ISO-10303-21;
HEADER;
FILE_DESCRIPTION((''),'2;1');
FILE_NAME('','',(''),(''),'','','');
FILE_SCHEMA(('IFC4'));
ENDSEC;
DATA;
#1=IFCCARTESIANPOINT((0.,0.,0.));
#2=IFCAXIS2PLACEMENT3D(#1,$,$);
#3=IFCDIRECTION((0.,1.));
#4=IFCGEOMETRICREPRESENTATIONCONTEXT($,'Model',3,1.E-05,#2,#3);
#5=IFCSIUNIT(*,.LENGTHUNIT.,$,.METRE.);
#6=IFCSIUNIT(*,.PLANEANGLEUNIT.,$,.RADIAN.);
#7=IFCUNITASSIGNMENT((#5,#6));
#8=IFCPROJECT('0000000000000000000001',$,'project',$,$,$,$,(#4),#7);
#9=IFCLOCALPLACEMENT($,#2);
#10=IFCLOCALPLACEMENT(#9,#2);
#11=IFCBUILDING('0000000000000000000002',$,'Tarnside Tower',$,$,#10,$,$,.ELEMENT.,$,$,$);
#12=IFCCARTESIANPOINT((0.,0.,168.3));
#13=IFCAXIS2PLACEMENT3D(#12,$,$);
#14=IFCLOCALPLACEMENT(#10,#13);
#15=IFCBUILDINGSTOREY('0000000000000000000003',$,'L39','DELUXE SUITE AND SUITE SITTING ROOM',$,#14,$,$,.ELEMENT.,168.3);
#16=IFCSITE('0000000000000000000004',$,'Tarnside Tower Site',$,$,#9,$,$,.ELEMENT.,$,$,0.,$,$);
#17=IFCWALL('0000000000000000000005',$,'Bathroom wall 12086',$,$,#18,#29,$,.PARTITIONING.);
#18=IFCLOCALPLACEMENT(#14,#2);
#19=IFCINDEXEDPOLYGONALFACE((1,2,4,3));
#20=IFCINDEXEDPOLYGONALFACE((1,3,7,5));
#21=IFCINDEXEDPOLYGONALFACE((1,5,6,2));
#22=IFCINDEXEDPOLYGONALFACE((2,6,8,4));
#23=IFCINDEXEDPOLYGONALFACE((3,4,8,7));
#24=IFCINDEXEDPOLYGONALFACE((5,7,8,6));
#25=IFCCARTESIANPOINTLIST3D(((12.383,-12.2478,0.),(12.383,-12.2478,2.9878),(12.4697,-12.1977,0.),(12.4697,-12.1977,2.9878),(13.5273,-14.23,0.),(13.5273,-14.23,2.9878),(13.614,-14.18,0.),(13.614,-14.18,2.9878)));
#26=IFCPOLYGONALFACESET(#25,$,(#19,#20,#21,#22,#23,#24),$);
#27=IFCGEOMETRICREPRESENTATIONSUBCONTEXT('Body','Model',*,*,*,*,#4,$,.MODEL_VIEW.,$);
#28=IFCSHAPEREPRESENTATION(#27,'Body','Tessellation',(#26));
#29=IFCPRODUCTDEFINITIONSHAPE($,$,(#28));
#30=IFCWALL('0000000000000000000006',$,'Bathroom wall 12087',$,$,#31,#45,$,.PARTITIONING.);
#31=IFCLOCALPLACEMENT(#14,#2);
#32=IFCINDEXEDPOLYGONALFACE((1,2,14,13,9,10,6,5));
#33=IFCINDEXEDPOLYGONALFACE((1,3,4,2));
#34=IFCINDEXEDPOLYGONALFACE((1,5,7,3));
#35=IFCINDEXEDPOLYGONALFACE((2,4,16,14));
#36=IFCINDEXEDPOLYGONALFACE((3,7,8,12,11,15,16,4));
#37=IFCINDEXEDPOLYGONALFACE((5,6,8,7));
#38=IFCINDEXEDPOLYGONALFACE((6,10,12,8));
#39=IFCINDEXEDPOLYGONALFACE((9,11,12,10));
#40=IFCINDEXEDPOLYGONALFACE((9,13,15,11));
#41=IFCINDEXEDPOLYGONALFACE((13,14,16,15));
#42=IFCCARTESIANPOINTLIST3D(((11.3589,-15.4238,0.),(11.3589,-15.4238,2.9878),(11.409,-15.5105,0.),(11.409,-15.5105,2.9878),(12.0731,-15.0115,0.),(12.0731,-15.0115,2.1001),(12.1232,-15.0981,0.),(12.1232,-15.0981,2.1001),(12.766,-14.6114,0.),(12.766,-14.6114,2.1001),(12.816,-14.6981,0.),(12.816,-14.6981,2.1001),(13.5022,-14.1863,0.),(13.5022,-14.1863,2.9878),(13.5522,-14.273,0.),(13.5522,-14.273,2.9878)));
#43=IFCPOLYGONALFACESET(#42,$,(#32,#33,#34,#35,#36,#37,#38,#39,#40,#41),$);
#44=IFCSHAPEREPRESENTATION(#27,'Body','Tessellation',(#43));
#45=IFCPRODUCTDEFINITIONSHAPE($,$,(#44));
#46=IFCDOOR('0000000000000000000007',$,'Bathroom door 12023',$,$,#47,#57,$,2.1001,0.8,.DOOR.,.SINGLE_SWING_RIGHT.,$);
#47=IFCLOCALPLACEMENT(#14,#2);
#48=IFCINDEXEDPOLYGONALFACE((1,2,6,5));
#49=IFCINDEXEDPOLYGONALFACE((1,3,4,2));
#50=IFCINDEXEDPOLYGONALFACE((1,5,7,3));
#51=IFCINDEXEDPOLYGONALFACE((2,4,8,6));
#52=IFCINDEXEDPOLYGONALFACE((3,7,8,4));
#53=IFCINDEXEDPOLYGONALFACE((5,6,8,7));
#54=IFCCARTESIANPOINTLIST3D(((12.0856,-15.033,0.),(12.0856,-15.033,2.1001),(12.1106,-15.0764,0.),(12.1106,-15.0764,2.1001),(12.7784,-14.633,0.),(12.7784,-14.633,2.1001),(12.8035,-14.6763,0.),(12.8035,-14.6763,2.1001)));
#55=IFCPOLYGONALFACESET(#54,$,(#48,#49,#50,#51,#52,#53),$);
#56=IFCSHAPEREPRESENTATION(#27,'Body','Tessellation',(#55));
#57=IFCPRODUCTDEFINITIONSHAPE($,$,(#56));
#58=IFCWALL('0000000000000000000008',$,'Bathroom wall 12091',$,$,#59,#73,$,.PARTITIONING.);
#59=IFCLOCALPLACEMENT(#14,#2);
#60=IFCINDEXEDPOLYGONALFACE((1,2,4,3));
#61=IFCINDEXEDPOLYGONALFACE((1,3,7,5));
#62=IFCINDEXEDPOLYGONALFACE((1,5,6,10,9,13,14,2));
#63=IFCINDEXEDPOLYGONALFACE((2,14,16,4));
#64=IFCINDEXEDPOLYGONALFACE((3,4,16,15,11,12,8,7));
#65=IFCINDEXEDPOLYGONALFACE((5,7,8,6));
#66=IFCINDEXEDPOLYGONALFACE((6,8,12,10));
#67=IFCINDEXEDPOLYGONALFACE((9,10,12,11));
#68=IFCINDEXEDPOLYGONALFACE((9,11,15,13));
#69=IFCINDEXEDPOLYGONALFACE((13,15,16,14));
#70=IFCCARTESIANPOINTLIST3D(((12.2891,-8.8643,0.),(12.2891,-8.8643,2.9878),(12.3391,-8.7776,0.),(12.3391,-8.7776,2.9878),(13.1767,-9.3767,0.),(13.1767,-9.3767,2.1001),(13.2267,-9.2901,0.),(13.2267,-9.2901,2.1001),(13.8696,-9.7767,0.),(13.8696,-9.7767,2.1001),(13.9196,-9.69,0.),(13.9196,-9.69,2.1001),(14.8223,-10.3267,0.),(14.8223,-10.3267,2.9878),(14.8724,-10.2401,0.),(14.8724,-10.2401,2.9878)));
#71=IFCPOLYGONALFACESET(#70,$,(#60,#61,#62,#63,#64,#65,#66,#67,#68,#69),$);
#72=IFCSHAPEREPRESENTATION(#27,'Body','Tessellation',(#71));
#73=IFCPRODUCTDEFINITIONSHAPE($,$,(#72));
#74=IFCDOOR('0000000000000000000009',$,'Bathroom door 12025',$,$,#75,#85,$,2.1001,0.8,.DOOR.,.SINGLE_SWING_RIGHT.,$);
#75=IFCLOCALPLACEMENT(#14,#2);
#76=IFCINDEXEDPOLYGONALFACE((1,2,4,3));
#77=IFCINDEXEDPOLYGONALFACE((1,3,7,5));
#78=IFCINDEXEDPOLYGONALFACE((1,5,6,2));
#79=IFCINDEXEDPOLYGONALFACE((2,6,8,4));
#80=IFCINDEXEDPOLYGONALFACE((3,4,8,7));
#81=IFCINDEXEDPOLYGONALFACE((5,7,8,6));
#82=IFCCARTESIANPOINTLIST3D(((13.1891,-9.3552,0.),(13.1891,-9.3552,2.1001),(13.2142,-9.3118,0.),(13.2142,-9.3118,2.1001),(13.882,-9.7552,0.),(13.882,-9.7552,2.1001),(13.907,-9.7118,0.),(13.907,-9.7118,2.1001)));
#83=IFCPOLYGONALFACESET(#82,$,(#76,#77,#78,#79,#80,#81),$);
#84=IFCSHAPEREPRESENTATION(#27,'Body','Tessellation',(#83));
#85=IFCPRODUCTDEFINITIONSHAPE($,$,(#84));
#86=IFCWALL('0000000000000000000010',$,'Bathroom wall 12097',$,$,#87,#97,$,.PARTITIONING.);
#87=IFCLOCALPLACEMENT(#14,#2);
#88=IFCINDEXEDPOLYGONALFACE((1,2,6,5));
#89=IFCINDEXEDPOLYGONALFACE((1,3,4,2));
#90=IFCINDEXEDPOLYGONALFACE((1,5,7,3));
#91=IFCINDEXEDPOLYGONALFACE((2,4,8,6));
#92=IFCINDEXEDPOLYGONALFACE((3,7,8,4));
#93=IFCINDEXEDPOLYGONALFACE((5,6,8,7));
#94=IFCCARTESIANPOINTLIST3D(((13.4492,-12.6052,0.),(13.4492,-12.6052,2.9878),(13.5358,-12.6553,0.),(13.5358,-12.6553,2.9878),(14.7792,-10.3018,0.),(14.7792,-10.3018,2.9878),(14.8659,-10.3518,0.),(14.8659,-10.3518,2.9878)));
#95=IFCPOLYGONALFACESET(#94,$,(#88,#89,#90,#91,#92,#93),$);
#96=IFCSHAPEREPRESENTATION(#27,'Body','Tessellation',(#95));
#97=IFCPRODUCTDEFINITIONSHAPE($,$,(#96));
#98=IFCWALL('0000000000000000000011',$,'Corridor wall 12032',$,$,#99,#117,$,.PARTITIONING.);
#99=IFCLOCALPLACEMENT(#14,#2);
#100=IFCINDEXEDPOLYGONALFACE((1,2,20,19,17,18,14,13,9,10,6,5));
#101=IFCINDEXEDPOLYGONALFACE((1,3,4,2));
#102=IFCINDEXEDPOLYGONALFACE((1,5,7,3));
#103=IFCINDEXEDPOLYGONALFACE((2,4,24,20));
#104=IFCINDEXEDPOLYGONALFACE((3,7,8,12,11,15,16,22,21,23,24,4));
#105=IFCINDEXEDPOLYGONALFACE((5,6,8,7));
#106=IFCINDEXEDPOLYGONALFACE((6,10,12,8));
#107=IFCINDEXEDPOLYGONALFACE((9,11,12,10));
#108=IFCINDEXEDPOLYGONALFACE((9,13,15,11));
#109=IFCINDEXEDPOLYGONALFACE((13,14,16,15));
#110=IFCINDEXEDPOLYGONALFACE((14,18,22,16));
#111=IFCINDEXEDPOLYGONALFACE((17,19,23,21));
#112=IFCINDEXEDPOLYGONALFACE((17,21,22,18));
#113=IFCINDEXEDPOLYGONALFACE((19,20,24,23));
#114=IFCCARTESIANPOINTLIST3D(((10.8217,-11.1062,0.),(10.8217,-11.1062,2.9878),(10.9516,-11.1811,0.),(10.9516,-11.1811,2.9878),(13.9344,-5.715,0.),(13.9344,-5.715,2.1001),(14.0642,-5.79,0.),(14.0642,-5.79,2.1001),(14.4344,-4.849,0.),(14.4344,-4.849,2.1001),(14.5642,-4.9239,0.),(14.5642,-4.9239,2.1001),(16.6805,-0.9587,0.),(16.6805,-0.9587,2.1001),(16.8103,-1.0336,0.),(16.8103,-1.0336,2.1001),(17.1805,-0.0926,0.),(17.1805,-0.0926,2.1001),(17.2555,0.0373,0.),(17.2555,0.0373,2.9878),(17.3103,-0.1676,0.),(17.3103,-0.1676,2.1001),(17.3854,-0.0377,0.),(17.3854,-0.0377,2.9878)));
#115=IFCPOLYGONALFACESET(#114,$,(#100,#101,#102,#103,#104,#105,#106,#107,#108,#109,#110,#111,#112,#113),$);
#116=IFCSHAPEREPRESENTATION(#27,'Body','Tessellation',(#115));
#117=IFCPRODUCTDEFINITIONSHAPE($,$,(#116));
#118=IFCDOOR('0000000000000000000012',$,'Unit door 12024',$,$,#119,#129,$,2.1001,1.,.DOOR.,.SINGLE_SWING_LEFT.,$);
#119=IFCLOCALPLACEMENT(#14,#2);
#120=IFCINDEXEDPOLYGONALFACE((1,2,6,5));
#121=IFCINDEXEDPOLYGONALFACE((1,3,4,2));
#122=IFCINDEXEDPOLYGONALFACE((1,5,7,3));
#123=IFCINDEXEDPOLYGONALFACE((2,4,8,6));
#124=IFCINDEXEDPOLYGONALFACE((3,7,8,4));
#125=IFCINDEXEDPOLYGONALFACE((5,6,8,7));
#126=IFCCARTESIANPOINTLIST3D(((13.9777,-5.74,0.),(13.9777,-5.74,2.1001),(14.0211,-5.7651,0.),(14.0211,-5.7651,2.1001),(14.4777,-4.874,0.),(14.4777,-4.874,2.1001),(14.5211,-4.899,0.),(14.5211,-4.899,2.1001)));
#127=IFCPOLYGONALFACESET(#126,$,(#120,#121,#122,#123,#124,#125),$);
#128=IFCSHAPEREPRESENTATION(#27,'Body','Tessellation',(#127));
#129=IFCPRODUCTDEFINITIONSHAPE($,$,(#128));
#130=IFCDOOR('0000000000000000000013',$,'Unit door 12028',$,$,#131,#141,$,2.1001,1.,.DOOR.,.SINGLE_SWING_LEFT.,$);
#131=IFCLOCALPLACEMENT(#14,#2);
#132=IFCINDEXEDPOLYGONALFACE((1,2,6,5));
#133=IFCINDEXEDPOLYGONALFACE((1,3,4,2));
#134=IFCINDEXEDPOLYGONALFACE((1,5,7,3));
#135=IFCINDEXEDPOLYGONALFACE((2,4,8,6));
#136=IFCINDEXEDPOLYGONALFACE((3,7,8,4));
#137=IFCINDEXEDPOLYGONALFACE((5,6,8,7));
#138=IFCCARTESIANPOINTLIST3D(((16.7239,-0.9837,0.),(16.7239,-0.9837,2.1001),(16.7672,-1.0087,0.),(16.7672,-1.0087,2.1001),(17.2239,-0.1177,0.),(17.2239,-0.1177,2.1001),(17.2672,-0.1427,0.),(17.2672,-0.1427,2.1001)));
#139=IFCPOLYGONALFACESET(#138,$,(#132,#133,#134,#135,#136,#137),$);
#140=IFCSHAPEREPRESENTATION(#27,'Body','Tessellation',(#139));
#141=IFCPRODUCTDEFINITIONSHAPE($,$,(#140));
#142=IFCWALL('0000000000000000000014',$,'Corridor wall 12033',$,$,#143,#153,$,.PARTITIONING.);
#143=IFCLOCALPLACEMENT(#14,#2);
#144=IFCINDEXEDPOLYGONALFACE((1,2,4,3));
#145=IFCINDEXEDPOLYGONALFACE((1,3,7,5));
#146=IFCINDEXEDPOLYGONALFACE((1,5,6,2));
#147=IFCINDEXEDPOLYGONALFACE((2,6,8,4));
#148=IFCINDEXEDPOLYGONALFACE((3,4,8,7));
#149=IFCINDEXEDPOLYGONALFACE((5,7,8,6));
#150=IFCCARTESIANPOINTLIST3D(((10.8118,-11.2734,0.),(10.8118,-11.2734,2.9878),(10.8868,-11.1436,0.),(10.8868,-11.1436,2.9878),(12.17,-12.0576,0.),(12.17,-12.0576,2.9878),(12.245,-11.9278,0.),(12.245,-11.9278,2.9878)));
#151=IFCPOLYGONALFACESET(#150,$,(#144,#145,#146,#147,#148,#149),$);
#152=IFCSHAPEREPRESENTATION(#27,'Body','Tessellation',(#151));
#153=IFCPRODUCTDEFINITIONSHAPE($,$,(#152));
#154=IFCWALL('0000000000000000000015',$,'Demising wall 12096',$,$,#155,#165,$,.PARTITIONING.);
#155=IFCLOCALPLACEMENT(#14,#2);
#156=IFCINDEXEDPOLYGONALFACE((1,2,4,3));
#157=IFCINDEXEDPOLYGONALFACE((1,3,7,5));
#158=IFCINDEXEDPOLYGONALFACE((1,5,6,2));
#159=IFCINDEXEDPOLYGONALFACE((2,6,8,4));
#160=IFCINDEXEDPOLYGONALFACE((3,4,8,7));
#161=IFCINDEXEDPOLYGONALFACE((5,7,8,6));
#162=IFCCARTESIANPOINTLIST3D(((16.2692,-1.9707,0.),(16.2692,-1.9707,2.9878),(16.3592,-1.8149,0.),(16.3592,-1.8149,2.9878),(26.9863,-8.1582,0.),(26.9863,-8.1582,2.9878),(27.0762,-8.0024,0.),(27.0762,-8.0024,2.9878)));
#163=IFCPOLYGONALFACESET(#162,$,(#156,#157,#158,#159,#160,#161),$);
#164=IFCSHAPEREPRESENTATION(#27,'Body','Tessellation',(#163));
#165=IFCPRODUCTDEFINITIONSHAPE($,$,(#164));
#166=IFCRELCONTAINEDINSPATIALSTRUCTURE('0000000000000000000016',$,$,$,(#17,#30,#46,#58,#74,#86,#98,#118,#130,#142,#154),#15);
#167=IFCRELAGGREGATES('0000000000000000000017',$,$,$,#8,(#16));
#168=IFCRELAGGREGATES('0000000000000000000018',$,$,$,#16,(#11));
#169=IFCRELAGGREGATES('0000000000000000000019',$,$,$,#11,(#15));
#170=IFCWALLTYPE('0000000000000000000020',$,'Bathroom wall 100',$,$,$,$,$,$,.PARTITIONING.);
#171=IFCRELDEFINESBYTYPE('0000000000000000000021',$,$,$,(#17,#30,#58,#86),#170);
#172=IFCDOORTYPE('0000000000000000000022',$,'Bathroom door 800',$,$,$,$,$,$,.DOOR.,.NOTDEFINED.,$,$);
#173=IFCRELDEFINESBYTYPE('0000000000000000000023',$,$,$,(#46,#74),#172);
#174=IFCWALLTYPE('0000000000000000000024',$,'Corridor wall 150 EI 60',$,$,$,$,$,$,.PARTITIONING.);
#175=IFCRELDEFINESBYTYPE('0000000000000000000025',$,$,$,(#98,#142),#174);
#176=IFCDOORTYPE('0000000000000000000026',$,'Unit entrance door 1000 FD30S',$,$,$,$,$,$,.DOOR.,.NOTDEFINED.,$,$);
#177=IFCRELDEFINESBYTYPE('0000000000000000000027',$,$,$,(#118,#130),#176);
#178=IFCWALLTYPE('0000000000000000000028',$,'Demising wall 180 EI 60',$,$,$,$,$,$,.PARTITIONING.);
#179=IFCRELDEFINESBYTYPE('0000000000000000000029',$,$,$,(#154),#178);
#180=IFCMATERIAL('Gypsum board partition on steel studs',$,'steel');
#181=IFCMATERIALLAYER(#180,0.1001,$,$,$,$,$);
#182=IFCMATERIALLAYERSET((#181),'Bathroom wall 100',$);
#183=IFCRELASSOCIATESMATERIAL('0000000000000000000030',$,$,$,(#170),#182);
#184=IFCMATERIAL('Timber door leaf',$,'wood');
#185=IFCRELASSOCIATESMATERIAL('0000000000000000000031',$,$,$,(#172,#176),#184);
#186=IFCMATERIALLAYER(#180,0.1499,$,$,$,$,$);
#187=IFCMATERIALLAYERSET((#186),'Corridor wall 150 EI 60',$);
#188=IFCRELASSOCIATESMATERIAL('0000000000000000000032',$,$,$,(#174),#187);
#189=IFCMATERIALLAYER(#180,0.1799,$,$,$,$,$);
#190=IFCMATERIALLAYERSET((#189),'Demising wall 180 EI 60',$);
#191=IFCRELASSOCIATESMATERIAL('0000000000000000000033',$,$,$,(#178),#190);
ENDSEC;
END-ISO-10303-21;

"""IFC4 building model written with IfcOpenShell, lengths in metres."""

from ifc_helpers import new_model, si_unit, direction, frame, frame_2d, origin, place, context, subcontext, project, spatial, rectangle, extrude, material, layer, layer_set, type_object, element, fill, save


model = new_model("IFC4")

# Units and contexts
model_context = context("Model", 3, precision=1e-05, world=origin(), true_north=direction((0.0, 1.0)))
body_context = subcontext(model_context, "Body", "Model", "MODEL_VIEW")
ifc_project = project(units=[si_unit("LENGTHUNIT", "METRE"), si_unit("PLANEANGLEUNIT", "RADIAN")], contexts=[model_context])

# Site, building, storey
site_placement = place(None, origin())
site = spatial("IfcSite", under=ifc_project, at=site_placement, Name="Tarnside Tower Site", CompositionType="ELEMENT", RefElevation=0.0)
building_placement = place(site_placement, origin())
building = spatial("IfcBuilding", under=site, at=building_placement, Name="Tarnside Tower", CompositionType="ELEMENT")
storey_placement = place(building_placement, frame((0.0, 0.0, 168.3)))
storey = spatial("IfcBuildingStorey", under=building, at=storey_placement, Name="L39", Description="DELUXE SUITE AND SUITE SITTING ROOM", CompositionType="ELEMENT", Elevation=168.3)

# Wall
ifc_material_1 = material(Name="Gypsum board partition on steel studs", Category="steel")
ifc_layer_1 = layer(ifc_material_1, 0.1001)
ifc_layer_set_1 = layer_set([ifc_layer_1], Name="Bathroom wall 100")
wall_type_1 = type_object("IfcWallType", Name="Bathroom wall 100", PredefinedType="PARTITIONING", material=ifc_layer_set_1)
wall_1_placement = place(storey_placement, frame((12.4263, -12.2227, 0.0), z_axis=(0.0, 0.0, 1.0), x_axis=(0.499959, -0.866049, 0.0)))
element("IfcWall", 1, at=wall_1_placement, inside=storey, type_object=wall_type_1, Name="Bathroom wall 12086", PredefinedType="PARTITIONING", context=body_context, shape_type="SweptSolid", body=[
    extrude(rectangle(XDim=2.2888, YDim=0.1001, at=frame_2d((1.1445, 0.0))), origin(), (0.0, 0.0, 1.0), 2.9878),
])

# Walls, openings, doors
wall_2_placement = place(storey_placement, frame((13.5271, -14.2297, 0.0), z_axis=(0.0, 0.0, 1.0), x_axis=(-0.866007, -0.500033, 0.0)))
wall_2 = element("IfcWall", 2, at=wall_2_placement, inside=storey, type_object=wall_type_1, Name="Bathroom wall 12087", PredefinedType="PARTITIONING", context=body_context, shape_type="SweptSolid", body=[
    extrude(rectangle(XDim=2.4749, YDim=0.1001, at=frame_2d((1.2373, 0.0))), origin(), (0.0, 0.0, 1.0), 2.9878),
])
opening_1_placement = place(wall_2_placement, frame((0.8501, 0.0, 0.0)))
opening_1 = element("IfcOpeningElement", 3, at=opening_1_placement, cuts=wall_2, PredefinedType="OPENING", context=body_context, shape_type="SweptSolid", body=[
    extrude(rectangle(XDim=0.8, YDim=2.1001, at=frame_2d((0.3999, 1.05))), frame((0.0, 0.0601, 0.0), z_axis=(0.0, -1.0, 0.0), x_axis=(1.0, 0.0, 0.0)), (0.0, 0.0, 1.0), 0.1201),
])
ifc_material_2 = material(Name="Timber door leaf", Category="wood")
door_type_1 = type_object("IfcDoorType", Name="Bathroom door 800", OperationType="NOTDEFINED", PredefinedType="DOOR", material=ifc_material_2)
door_1_placement = place(opening_1_placement, origin())
door_1 = element("IfcDoor", 4, at=door_1_placement, inside=storey, type_object=door_type_1, Name="Bathroom door 12023", OperationType="SINGLE_SWING_RIGHT", OverallHeight=2.1001, OverallWidth=0.8, PredefinedType="DOOR", context=body_context, shape_type="SweptSolid", body=[
    extrude(rectangle(XDim=0.8, YDim=2.1001, at=frame_2d((0.3999, 1.05))), frame((0.0, 0.0249, 0.0), z_axis=(0.0, -1.0, 0.0), x_axis=(1.0, 0.0, 0.0)), (0.0, 0.0, 1.0), 0.05),
])
fill(opening_1, door_1)
wall_3_placement = place(storey_placement, frame((12.3142, -8.821, 0.0), z_axis=(0.0, 0.0, 1.0), x_axis=(0.866047, -0.499963, 0.0)))
wall_3 = element("IfcWall", 5, at=wall_3_placement, inside=storey, type_object=wall_type_1, Name="Bathroom wall 12091", PredefinedType="PARTITIONING", context=body_context, shape_type="SweptSolid", body=[
    extrude(rectangle(XDim=2.925, YDim=0.1001, at=frame_2d((1.4624, 0.0))), origin(), (0.0, 0.0, 1.0), 2.9878),
])
opening_2_placement = place(wall_3_placement, frame((1.0249, 0.0, 0.0)))
opening_2 = element("IfcOpeningElement", 6, at=opening_2_placement, cuts=wall_3, PredefinedType="OPENING", context=body_context, shape_type="SweptSolid", body=[
    extrude(rectangle(XDim=0.8, YDim=2.1001, at=frame_2d((0.3999, 1.05))), frame((0.0, 0.0601, 0.0), z_axis=(0.0, -1.0, 0.0), x_axis=(1.0, 0.0, 0.0)), (0.0, 0.0, 1.0), 0.1201),
])
door_2_placement = place(opening_2_placement, origin())
door_2 = element("IfcDoor", 7, at=door_2_placement, inside=storey, type_object=door_type_1, Name="Bathroom door 12025", OperationType="SINGLE_SWING_RIGHT", OverallHeight=2.1001, OverallWidth=0.8, PredefinedType="DOOR", context=body_context, shape_type="SweptSolid", body=[
    extrude(rectangle(XDim=0.8, YDim=2.1001, at=frame_2d((0.3999, 1.05))), frame((0.0, 0.0249, 0.0), z_axis=(0.0, -1.0, 0.0), x_axis=(1.0, 0.0, 0.0)), (0.0, 0.0, 1.0), 0.05),
])
fill(opening_2, door_2)

# Wall
wall_4_placement = place(storey_placement, frame((13.4924, -12.6304, 0.0), z_axis=(0.0, 0.0, 1.0), x_axis=(0.500048, 0.865998, 0.0)))
element("IfcWall", 8, at=wall_4_placement, inside=storey, type_object=wall_type_1, Name="Bathroom wall 12097", PredefinedType="PARTITIONING", context=body_context, shape_type="SweptSolid", body=[
    extrude(rectangle(XDim=2.6599, YDim=0.1001, at=frame_2d((1.3301, 0.0))), origin(), (0.0, 0.0, 1.0), 2.9878),
])

# Wall, openings, doors
ifc_layer_2 = layer(ifc_material_1, 0.1499)
ifc_layer_set_2 = layer_set([ifc_layer_2], Name="Corridor wall 150 EI 60")
wall_type_2 = type_object("IfcWallType", Name="Corridor wall 150 EI 60", PredefinedType="PARTITIONING", material=ifc_layer_set_2)
wall_5_placement = place(storey_placement, frame((10.8867, -11.1436, 0.0), z_axis=(0.0, 0.0, 1.0), x_axis=(0.500006, 0.866022, 0.0)))
wall_5 = element("IfcWall", 9, at=wall_5_placement, inside=storey, type_object=wall_type_2, Name="Corridor wall 12032", PredefinedType="PARTITIONING", context=body_context, shape_type="SweptSolid", body=[
    extrude(rectangle(XDim=12.8674, YDim=0.1499, at=frame_2d((6.4336, 0.0))), origin(), (0.0, 0.0, 1.0), 2.9878),
])
opening_3_placement = place(wall_5_placement, frame((6.2251, 0.0, 0.0)))
opening_3 = element("IfcOpeningElement", 10, at=opening_3_placement, cuts=wall_5, PredefinedType="OPENING", context=body_context, shape_type="SweptSolid", body=[
    extrude(rectangle(XDim=1.0, YDim=2.1001, at=frame_2d((0.5, 1.05))), frame((0.0, 0.085, 0.0), z_axis=(0.0, -1.0, 0.0), x_axis=(1.0, 0.0, 0.0)), (0.0, 0.0, 1.0), 0.1699),
])
opening_4_placement = place(wall_5_placement, frame((11.7173, 0.0, 0.0)))
opening_4 = element("IfcOpeningElement", 11, at=opening_4_placement, cuts=wall_5, PredefinedType="OPENING", context=body_context, shape_type="SweptSolid", body=[
    extrude(rectangle(XDim=1.0, YDim=2.1001, at=frame_2d((0.5, 1.05))), frame((0.0, 0.085, 0.0), z_axis=(0.0, -1.0, 0.0), x_axis=(1.0, 0.0, 0.0)), (0.0, 0.0, 1.0), 0.1699),
])
door_type_2 = type_object("IfcDoorType", Name="Unit entrance door 1000 FD30S", OperationType="NOTDEFINED", PredefinedType="DOOR", material=ifc_material_2)
door_3_placement = place(opening_3_placement, origin())
door_3 = element("IfcDoor", 12, at=door_3_placement, inside=storey, type_object=door_type_2, Name="Unit door 12024", OperationType="SINGLE_SWING_LEFT", OverallHeight=2.1001, OverallWidth=1.0, PredefinedType="DOOR", context=body_context, shape_type="SweptSolid", body=[
    extrude(rectangle(XDim=1.0, YDim=2.1001, at=frame_2d((0.5, 1.05))), frame((0.0, 0.0249, 0.0), z_axis=(0.0, -1.0, 0.0), x_axis=(1.0, 0.0, 0.0)), (0.0, 0.0, 1.0), 0.05),
])
fill(opening_3, door_3)
door_4_placement = place(opening_4_placement, origin())
door_4 = element("IfcDoor", 13, at=door_4_placement, inside=storey, type_object=door_type_2, Name="Unit door 12028", OperationType="SINGLE_SWING_LEFT", OverallHeight=2.1001, OverallWidth=1.0, PredefinedType="DOOR", context=body_context, shape_type="SweptSolid", body=[
    extrude(rectangle(XDim=1.0, YDim=2.1001, at=frame_2d((0.5, 1.05))), frame((0.0, 0.0249, 0.0), z_axis=(0.0, -1.0, 0.0), x_axis=(1.0, 0.0, 0.0)), (0.0, 0.0, 1.0), 0.05),
])
fill(opening_4, door_4)

# Walls
wall_6_placement = place(storey_placement, frame((12.2075, -11.9927, 0.0), z_axis=(0.0, 0.0, 1.0), x_axis=(-0.866012, 0.500023, 0.0)))
element("IfcWall", 14, at=wall_6_placement, inside=storey, type_object=wall_type_2, Name="Corridor wall 12033", PredefinedType="PARTITIONING", context=body_context, shape_type="SweptSolid", body=[
    extrude(rectangle(XDim=1.5684, YDim=0.1499, at=frame_2d((0.7842, 0.0))), origin(), (0.0, 0.0, 1.0), 2.9878),
])
ifc_layer_3 = layer(ifc_material_1, 0.1799)
ifc_layer_set_3 = layer_set([ifc_layer_3], Name="Demising wall 180 EI 60")
wall_type_3 = type_object("IfcWallType", Name="Demising wall 180 EI 60", PredefinedType="PARTITIONING", material=ifc_layer_set_3)
wall_7_placement = place(storey_placement, frame((27.0312, -8.0803, 0.0), z_axis=(0.0, 0.0, 1.0), x_axis=(-0.866025, 0.500001, 0.0)))
element("IfcWall", 15, at=wall_7_placement, inside=storey, type_object=wall_type_3, Name="Demising wall 12096", PredefinedType="PARTITIONING", context=body_context, shape_type="SweptSolid", body=[
    extrude(rectangle(XDim=12.375, YDim=0.1799, at=frame_2d((6.1875, 0.0))), origin(), (0.0, 0.0, 1.0), 2.9878),
])

save(model, "model.ifc")
